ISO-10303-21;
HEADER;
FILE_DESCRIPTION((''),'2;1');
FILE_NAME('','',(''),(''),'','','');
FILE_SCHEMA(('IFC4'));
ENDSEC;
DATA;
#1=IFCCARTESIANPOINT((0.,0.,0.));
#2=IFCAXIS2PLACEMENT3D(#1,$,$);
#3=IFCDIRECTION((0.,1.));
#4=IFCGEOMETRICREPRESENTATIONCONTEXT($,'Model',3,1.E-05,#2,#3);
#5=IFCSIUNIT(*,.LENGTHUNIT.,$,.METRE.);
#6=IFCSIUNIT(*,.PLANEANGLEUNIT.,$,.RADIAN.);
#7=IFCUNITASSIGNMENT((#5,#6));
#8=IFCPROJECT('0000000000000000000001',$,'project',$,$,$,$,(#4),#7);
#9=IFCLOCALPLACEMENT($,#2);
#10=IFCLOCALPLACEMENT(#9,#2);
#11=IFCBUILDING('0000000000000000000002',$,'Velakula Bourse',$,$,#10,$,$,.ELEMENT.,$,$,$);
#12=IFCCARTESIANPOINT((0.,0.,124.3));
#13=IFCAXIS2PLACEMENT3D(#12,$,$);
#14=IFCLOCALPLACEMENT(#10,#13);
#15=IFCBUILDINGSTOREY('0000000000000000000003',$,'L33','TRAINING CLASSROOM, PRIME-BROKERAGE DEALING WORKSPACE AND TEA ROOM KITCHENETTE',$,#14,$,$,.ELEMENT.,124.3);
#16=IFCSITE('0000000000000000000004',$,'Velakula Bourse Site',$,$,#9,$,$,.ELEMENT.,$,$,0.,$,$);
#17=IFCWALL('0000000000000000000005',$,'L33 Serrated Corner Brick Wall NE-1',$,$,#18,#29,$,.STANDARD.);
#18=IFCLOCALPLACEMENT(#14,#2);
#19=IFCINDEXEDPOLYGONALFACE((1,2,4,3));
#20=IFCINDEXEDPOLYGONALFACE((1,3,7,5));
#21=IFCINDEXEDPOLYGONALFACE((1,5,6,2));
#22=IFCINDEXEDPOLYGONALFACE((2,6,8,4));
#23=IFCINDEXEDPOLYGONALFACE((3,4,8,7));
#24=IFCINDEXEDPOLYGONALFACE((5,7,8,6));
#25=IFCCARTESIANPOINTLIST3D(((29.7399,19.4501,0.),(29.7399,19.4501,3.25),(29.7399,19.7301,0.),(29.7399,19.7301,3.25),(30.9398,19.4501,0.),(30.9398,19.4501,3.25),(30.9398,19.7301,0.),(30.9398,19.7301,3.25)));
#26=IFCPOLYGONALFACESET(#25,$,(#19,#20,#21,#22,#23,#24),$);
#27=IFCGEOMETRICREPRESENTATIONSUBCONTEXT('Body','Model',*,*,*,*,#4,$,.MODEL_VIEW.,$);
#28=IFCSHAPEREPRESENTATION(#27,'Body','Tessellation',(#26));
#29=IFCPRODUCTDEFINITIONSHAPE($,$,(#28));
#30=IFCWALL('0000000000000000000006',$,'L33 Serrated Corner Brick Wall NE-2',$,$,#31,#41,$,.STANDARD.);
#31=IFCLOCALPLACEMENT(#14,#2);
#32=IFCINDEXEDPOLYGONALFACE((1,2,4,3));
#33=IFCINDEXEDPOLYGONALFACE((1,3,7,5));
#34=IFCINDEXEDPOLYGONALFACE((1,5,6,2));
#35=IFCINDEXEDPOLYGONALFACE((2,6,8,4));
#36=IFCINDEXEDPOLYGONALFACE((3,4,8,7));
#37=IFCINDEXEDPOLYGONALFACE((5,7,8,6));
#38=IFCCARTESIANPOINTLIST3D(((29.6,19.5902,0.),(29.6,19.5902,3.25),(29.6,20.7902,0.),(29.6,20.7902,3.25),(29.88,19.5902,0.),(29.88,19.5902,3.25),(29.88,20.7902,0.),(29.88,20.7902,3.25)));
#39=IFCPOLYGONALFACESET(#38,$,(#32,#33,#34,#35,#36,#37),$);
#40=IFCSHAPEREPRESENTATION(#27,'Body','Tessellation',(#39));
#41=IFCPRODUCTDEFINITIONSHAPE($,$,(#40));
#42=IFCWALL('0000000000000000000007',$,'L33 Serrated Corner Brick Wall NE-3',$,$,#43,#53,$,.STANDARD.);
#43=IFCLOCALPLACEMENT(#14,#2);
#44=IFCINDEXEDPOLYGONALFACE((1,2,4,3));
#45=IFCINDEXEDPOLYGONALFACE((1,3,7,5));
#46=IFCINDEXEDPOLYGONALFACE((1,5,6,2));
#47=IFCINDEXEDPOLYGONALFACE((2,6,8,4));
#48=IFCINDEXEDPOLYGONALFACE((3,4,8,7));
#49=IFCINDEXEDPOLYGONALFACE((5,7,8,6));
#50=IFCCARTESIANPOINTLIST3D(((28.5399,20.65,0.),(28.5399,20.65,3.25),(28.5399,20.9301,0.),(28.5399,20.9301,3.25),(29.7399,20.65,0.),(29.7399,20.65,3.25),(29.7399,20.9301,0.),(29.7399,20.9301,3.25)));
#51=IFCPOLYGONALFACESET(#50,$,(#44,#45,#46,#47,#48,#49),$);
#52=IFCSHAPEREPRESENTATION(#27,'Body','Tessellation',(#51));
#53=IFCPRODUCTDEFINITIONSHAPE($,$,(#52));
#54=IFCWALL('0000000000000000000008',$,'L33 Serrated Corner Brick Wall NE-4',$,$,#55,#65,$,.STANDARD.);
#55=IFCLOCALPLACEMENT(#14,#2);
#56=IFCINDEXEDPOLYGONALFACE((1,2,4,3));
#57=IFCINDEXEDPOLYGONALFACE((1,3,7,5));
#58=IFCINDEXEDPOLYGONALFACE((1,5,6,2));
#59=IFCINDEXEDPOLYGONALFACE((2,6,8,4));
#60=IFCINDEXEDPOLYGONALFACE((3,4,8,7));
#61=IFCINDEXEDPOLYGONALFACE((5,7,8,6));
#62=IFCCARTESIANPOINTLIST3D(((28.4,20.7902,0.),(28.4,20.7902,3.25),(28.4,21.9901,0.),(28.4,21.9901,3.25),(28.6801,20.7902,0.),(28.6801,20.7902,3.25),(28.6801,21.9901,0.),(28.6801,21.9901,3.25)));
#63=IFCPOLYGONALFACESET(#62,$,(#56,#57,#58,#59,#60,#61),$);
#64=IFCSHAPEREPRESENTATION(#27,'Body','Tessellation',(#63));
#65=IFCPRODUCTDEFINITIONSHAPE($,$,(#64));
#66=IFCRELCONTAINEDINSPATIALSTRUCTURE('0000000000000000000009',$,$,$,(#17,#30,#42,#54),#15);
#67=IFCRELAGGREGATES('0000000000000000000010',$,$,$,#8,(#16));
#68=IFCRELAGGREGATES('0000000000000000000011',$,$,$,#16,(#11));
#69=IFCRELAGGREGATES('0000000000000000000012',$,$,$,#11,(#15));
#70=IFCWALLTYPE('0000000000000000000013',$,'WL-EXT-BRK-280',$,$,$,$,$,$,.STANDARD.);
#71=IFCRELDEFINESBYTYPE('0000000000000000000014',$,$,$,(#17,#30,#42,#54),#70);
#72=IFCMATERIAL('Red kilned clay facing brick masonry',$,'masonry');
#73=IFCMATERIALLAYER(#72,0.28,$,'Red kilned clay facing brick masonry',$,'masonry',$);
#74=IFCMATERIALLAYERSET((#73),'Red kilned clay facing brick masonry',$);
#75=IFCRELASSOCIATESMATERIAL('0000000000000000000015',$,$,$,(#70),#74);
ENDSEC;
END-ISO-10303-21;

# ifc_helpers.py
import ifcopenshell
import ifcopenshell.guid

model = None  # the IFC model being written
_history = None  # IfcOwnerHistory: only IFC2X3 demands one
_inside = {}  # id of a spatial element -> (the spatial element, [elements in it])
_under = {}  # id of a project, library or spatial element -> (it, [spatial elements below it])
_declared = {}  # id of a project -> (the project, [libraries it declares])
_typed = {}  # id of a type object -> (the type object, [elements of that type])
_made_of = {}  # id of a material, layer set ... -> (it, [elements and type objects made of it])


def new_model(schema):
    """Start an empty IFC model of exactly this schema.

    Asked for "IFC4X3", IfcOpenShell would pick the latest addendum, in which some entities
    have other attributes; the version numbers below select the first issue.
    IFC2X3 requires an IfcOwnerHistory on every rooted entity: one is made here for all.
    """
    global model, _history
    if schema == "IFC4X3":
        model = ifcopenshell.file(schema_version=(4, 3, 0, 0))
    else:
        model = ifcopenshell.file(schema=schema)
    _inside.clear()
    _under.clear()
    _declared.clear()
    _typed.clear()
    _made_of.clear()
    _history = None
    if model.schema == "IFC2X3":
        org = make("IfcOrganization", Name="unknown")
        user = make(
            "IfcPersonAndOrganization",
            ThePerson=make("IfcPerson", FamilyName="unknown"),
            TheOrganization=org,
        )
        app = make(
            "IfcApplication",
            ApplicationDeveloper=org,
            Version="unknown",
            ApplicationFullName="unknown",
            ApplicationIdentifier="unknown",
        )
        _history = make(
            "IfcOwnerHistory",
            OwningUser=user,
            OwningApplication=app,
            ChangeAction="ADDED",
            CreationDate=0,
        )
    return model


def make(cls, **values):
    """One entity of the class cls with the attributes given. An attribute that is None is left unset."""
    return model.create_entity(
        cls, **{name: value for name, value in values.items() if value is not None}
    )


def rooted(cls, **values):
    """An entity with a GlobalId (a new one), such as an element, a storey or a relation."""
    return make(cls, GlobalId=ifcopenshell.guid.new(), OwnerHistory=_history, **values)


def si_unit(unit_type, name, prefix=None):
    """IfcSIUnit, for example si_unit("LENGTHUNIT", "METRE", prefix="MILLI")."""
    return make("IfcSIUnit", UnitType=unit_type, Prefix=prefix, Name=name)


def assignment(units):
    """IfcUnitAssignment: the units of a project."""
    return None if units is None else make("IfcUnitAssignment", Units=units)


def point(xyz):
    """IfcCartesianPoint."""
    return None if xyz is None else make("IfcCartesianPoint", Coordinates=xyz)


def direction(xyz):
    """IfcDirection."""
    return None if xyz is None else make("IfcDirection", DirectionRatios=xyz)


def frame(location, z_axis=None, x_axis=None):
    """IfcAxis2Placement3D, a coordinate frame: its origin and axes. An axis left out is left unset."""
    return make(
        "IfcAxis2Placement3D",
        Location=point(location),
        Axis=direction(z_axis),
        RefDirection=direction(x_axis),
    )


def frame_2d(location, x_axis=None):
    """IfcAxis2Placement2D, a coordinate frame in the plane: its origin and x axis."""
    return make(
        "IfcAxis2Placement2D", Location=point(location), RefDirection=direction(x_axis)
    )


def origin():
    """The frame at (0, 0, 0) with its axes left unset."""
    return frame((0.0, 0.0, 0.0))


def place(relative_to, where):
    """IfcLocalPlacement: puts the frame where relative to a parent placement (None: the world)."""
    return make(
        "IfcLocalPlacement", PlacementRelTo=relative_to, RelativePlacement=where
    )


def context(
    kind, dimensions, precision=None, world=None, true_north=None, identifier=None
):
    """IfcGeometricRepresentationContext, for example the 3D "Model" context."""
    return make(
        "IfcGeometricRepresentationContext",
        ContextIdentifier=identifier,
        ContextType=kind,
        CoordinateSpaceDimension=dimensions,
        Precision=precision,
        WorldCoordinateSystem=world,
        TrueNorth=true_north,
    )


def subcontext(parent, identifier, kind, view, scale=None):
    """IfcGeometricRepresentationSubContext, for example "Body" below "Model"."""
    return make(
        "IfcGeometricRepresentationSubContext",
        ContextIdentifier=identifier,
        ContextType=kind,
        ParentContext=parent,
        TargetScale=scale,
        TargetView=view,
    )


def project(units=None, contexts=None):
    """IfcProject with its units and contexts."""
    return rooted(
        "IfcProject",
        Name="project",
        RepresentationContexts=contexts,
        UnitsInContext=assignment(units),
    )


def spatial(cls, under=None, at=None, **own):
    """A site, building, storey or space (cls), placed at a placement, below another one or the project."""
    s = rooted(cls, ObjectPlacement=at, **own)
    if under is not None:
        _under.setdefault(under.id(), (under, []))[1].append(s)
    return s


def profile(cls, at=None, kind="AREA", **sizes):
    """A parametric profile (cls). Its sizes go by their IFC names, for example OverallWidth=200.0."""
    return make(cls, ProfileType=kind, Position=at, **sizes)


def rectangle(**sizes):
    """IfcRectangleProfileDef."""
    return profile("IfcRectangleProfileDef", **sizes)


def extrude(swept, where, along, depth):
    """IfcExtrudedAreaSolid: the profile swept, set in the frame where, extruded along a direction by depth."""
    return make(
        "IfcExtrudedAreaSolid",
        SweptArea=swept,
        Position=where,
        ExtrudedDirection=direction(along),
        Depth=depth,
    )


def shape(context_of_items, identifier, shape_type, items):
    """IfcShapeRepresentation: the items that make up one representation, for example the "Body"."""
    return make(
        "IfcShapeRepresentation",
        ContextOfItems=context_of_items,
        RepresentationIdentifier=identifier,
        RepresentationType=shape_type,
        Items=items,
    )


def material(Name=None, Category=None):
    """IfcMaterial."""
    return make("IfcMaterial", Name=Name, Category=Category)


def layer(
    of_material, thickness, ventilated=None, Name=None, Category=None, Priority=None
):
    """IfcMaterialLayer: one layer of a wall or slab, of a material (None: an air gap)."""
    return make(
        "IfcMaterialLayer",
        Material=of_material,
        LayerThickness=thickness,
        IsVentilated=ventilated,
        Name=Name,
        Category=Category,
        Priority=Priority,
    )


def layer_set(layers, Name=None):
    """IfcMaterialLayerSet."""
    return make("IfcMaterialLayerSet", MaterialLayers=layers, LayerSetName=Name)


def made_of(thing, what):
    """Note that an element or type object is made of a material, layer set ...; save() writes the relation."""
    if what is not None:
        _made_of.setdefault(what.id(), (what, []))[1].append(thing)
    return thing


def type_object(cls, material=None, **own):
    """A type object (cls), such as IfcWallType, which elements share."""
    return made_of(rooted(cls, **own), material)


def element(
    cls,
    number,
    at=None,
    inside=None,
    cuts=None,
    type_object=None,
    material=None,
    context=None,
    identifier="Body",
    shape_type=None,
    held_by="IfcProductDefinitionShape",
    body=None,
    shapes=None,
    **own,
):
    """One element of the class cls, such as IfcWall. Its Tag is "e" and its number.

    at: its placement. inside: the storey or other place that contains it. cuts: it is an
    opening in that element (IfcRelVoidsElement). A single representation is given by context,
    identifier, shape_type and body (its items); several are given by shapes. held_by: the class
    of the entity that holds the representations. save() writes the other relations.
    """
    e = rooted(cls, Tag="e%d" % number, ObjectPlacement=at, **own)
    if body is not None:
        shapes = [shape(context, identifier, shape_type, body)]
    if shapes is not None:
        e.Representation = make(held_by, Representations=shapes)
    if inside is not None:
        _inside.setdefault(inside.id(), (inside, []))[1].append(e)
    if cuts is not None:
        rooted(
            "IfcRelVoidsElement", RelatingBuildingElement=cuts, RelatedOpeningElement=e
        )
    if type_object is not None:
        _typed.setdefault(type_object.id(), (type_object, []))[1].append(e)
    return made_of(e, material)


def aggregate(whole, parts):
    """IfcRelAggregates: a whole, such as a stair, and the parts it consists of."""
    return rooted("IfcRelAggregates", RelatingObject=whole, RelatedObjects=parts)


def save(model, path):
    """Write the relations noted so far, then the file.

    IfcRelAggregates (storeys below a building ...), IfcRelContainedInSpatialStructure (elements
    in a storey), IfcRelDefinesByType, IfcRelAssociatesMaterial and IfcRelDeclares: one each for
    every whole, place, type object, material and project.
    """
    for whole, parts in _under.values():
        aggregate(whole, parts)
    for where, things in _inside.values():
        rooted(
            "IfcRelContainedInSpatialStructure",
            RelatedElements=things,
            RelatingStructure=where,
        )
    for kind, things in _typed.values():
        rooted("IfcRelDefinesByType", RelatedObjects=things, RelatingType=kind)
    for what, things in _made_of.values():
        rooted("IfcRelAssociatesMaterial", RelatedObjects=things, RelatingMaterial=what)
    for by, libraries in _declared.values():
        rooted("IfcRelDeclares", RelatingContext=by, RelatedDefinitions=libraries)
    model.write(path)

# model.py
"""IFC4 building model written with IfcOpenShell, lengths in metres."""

from ifc_helpers import new_model, si_unit, direction, frame, frame_2d, origin, place, context, subcontext, project, spatial, rectangle, extrude, material, layer, layer_set, type_object, element, save


model = new_model("IFC4")

# Units and contexts
model_context = context("Model", 3, precision=1e-05, world=origin(), true_north=direction((0.0, 1.0)))
body_context = subcontext(model_context, "Body", "Model", "MODEL_VIEW")
ifc_project = project(units=[si_unit("LENGTHUNIT", "METRE"), si_unit("PLANEANGLEUNIT", "RADIAN")], contexts=[model_context])

# Site, building, storey
site_placement = place(None, origin())
site = spatial("IfcSite", under=ifc_project, at=site_placement, Name="Velakula Bourse Site", CompositionType="ELEMENT", RefElevation=0.0)
building_placement = place(site_placement, origin())
building = spatial("IfcBuilding", under=site, at=building_placement, Name="Velakula Bourse", CompositionType="ELEMENT")
storey_placement = place(building_placement, frame((0.0, 0.0, 124.3)))
storey = spatial("IfcBuildingStorey", under=building, at=storey_placement, Name="L33", Description="TRAINING CLASSROOM, PRIME-BROKERAGE DEALING WORKSPACE AND TEA ROOM KITCHENETTE", CompositionType="ELEMENT", Elevation=124.3)

# Shared definitions
ifc_material_1 = material(Name="Red kilned clay facing brick masonry", Category="masonry")
ifc_layer = layer(ifc_material_1, 0.28, Name="Red kilned clay facing brick masonry", Category="masonry")
ifc_layer_set = layer_set([ifc_layer], Name="Red kilned clay facing brick masonry")
wall_type = type_object("IfcWallType", Name="WL-EXT-BRK-280", PredefinedType="STANDARD", material=ifc_layer_set)

# Walls
for number, where, z_axis, x_axis, name in (
    (1, (30.9399, 19.5901, 0.0), (0.0, 0.0, 1.0), (-1.0, 0.0, 0.0), "L33 Serrated Corner Brick Wall NE-1"),
    (2, (29.74, 19.5901, 0.0), (0.0, 0.0, 1.0), (0.0, 1.0, 0.0), "L33 Serrated Corner Brick Wall NE-2"),
    (3, (29.74, 20.79, 0.0), (0.0, 0.0, 1.0), (-1.0, 0.0, 0.0), "L33 Serrated Corner Brick Wall NE-3"),
    (4, (28.54, 20.79, 0.0), (0.0, 0.0, 1.0), (0.0, 1.0, 0.0), "L33 Serrated Corner Brick Wall NE-4"),
):
    element("IfcWall", number, at=place(storey_placement, frame(where, z_axis=z_axis, x_axis=x_axis)), inside=storey, type_object=wall_type, Name=name, PredefinedType="STANDARD", context=body_context, shape_type="SweptSolid", body=[
        extrude(rectangle(XDim=1.2, YDim=0.28, at=frame_2d((0.6001, 0.0))), origin(), (0.0, 0.0, 1.0), 3.25),
    ])

save(model, "model.ifc")
